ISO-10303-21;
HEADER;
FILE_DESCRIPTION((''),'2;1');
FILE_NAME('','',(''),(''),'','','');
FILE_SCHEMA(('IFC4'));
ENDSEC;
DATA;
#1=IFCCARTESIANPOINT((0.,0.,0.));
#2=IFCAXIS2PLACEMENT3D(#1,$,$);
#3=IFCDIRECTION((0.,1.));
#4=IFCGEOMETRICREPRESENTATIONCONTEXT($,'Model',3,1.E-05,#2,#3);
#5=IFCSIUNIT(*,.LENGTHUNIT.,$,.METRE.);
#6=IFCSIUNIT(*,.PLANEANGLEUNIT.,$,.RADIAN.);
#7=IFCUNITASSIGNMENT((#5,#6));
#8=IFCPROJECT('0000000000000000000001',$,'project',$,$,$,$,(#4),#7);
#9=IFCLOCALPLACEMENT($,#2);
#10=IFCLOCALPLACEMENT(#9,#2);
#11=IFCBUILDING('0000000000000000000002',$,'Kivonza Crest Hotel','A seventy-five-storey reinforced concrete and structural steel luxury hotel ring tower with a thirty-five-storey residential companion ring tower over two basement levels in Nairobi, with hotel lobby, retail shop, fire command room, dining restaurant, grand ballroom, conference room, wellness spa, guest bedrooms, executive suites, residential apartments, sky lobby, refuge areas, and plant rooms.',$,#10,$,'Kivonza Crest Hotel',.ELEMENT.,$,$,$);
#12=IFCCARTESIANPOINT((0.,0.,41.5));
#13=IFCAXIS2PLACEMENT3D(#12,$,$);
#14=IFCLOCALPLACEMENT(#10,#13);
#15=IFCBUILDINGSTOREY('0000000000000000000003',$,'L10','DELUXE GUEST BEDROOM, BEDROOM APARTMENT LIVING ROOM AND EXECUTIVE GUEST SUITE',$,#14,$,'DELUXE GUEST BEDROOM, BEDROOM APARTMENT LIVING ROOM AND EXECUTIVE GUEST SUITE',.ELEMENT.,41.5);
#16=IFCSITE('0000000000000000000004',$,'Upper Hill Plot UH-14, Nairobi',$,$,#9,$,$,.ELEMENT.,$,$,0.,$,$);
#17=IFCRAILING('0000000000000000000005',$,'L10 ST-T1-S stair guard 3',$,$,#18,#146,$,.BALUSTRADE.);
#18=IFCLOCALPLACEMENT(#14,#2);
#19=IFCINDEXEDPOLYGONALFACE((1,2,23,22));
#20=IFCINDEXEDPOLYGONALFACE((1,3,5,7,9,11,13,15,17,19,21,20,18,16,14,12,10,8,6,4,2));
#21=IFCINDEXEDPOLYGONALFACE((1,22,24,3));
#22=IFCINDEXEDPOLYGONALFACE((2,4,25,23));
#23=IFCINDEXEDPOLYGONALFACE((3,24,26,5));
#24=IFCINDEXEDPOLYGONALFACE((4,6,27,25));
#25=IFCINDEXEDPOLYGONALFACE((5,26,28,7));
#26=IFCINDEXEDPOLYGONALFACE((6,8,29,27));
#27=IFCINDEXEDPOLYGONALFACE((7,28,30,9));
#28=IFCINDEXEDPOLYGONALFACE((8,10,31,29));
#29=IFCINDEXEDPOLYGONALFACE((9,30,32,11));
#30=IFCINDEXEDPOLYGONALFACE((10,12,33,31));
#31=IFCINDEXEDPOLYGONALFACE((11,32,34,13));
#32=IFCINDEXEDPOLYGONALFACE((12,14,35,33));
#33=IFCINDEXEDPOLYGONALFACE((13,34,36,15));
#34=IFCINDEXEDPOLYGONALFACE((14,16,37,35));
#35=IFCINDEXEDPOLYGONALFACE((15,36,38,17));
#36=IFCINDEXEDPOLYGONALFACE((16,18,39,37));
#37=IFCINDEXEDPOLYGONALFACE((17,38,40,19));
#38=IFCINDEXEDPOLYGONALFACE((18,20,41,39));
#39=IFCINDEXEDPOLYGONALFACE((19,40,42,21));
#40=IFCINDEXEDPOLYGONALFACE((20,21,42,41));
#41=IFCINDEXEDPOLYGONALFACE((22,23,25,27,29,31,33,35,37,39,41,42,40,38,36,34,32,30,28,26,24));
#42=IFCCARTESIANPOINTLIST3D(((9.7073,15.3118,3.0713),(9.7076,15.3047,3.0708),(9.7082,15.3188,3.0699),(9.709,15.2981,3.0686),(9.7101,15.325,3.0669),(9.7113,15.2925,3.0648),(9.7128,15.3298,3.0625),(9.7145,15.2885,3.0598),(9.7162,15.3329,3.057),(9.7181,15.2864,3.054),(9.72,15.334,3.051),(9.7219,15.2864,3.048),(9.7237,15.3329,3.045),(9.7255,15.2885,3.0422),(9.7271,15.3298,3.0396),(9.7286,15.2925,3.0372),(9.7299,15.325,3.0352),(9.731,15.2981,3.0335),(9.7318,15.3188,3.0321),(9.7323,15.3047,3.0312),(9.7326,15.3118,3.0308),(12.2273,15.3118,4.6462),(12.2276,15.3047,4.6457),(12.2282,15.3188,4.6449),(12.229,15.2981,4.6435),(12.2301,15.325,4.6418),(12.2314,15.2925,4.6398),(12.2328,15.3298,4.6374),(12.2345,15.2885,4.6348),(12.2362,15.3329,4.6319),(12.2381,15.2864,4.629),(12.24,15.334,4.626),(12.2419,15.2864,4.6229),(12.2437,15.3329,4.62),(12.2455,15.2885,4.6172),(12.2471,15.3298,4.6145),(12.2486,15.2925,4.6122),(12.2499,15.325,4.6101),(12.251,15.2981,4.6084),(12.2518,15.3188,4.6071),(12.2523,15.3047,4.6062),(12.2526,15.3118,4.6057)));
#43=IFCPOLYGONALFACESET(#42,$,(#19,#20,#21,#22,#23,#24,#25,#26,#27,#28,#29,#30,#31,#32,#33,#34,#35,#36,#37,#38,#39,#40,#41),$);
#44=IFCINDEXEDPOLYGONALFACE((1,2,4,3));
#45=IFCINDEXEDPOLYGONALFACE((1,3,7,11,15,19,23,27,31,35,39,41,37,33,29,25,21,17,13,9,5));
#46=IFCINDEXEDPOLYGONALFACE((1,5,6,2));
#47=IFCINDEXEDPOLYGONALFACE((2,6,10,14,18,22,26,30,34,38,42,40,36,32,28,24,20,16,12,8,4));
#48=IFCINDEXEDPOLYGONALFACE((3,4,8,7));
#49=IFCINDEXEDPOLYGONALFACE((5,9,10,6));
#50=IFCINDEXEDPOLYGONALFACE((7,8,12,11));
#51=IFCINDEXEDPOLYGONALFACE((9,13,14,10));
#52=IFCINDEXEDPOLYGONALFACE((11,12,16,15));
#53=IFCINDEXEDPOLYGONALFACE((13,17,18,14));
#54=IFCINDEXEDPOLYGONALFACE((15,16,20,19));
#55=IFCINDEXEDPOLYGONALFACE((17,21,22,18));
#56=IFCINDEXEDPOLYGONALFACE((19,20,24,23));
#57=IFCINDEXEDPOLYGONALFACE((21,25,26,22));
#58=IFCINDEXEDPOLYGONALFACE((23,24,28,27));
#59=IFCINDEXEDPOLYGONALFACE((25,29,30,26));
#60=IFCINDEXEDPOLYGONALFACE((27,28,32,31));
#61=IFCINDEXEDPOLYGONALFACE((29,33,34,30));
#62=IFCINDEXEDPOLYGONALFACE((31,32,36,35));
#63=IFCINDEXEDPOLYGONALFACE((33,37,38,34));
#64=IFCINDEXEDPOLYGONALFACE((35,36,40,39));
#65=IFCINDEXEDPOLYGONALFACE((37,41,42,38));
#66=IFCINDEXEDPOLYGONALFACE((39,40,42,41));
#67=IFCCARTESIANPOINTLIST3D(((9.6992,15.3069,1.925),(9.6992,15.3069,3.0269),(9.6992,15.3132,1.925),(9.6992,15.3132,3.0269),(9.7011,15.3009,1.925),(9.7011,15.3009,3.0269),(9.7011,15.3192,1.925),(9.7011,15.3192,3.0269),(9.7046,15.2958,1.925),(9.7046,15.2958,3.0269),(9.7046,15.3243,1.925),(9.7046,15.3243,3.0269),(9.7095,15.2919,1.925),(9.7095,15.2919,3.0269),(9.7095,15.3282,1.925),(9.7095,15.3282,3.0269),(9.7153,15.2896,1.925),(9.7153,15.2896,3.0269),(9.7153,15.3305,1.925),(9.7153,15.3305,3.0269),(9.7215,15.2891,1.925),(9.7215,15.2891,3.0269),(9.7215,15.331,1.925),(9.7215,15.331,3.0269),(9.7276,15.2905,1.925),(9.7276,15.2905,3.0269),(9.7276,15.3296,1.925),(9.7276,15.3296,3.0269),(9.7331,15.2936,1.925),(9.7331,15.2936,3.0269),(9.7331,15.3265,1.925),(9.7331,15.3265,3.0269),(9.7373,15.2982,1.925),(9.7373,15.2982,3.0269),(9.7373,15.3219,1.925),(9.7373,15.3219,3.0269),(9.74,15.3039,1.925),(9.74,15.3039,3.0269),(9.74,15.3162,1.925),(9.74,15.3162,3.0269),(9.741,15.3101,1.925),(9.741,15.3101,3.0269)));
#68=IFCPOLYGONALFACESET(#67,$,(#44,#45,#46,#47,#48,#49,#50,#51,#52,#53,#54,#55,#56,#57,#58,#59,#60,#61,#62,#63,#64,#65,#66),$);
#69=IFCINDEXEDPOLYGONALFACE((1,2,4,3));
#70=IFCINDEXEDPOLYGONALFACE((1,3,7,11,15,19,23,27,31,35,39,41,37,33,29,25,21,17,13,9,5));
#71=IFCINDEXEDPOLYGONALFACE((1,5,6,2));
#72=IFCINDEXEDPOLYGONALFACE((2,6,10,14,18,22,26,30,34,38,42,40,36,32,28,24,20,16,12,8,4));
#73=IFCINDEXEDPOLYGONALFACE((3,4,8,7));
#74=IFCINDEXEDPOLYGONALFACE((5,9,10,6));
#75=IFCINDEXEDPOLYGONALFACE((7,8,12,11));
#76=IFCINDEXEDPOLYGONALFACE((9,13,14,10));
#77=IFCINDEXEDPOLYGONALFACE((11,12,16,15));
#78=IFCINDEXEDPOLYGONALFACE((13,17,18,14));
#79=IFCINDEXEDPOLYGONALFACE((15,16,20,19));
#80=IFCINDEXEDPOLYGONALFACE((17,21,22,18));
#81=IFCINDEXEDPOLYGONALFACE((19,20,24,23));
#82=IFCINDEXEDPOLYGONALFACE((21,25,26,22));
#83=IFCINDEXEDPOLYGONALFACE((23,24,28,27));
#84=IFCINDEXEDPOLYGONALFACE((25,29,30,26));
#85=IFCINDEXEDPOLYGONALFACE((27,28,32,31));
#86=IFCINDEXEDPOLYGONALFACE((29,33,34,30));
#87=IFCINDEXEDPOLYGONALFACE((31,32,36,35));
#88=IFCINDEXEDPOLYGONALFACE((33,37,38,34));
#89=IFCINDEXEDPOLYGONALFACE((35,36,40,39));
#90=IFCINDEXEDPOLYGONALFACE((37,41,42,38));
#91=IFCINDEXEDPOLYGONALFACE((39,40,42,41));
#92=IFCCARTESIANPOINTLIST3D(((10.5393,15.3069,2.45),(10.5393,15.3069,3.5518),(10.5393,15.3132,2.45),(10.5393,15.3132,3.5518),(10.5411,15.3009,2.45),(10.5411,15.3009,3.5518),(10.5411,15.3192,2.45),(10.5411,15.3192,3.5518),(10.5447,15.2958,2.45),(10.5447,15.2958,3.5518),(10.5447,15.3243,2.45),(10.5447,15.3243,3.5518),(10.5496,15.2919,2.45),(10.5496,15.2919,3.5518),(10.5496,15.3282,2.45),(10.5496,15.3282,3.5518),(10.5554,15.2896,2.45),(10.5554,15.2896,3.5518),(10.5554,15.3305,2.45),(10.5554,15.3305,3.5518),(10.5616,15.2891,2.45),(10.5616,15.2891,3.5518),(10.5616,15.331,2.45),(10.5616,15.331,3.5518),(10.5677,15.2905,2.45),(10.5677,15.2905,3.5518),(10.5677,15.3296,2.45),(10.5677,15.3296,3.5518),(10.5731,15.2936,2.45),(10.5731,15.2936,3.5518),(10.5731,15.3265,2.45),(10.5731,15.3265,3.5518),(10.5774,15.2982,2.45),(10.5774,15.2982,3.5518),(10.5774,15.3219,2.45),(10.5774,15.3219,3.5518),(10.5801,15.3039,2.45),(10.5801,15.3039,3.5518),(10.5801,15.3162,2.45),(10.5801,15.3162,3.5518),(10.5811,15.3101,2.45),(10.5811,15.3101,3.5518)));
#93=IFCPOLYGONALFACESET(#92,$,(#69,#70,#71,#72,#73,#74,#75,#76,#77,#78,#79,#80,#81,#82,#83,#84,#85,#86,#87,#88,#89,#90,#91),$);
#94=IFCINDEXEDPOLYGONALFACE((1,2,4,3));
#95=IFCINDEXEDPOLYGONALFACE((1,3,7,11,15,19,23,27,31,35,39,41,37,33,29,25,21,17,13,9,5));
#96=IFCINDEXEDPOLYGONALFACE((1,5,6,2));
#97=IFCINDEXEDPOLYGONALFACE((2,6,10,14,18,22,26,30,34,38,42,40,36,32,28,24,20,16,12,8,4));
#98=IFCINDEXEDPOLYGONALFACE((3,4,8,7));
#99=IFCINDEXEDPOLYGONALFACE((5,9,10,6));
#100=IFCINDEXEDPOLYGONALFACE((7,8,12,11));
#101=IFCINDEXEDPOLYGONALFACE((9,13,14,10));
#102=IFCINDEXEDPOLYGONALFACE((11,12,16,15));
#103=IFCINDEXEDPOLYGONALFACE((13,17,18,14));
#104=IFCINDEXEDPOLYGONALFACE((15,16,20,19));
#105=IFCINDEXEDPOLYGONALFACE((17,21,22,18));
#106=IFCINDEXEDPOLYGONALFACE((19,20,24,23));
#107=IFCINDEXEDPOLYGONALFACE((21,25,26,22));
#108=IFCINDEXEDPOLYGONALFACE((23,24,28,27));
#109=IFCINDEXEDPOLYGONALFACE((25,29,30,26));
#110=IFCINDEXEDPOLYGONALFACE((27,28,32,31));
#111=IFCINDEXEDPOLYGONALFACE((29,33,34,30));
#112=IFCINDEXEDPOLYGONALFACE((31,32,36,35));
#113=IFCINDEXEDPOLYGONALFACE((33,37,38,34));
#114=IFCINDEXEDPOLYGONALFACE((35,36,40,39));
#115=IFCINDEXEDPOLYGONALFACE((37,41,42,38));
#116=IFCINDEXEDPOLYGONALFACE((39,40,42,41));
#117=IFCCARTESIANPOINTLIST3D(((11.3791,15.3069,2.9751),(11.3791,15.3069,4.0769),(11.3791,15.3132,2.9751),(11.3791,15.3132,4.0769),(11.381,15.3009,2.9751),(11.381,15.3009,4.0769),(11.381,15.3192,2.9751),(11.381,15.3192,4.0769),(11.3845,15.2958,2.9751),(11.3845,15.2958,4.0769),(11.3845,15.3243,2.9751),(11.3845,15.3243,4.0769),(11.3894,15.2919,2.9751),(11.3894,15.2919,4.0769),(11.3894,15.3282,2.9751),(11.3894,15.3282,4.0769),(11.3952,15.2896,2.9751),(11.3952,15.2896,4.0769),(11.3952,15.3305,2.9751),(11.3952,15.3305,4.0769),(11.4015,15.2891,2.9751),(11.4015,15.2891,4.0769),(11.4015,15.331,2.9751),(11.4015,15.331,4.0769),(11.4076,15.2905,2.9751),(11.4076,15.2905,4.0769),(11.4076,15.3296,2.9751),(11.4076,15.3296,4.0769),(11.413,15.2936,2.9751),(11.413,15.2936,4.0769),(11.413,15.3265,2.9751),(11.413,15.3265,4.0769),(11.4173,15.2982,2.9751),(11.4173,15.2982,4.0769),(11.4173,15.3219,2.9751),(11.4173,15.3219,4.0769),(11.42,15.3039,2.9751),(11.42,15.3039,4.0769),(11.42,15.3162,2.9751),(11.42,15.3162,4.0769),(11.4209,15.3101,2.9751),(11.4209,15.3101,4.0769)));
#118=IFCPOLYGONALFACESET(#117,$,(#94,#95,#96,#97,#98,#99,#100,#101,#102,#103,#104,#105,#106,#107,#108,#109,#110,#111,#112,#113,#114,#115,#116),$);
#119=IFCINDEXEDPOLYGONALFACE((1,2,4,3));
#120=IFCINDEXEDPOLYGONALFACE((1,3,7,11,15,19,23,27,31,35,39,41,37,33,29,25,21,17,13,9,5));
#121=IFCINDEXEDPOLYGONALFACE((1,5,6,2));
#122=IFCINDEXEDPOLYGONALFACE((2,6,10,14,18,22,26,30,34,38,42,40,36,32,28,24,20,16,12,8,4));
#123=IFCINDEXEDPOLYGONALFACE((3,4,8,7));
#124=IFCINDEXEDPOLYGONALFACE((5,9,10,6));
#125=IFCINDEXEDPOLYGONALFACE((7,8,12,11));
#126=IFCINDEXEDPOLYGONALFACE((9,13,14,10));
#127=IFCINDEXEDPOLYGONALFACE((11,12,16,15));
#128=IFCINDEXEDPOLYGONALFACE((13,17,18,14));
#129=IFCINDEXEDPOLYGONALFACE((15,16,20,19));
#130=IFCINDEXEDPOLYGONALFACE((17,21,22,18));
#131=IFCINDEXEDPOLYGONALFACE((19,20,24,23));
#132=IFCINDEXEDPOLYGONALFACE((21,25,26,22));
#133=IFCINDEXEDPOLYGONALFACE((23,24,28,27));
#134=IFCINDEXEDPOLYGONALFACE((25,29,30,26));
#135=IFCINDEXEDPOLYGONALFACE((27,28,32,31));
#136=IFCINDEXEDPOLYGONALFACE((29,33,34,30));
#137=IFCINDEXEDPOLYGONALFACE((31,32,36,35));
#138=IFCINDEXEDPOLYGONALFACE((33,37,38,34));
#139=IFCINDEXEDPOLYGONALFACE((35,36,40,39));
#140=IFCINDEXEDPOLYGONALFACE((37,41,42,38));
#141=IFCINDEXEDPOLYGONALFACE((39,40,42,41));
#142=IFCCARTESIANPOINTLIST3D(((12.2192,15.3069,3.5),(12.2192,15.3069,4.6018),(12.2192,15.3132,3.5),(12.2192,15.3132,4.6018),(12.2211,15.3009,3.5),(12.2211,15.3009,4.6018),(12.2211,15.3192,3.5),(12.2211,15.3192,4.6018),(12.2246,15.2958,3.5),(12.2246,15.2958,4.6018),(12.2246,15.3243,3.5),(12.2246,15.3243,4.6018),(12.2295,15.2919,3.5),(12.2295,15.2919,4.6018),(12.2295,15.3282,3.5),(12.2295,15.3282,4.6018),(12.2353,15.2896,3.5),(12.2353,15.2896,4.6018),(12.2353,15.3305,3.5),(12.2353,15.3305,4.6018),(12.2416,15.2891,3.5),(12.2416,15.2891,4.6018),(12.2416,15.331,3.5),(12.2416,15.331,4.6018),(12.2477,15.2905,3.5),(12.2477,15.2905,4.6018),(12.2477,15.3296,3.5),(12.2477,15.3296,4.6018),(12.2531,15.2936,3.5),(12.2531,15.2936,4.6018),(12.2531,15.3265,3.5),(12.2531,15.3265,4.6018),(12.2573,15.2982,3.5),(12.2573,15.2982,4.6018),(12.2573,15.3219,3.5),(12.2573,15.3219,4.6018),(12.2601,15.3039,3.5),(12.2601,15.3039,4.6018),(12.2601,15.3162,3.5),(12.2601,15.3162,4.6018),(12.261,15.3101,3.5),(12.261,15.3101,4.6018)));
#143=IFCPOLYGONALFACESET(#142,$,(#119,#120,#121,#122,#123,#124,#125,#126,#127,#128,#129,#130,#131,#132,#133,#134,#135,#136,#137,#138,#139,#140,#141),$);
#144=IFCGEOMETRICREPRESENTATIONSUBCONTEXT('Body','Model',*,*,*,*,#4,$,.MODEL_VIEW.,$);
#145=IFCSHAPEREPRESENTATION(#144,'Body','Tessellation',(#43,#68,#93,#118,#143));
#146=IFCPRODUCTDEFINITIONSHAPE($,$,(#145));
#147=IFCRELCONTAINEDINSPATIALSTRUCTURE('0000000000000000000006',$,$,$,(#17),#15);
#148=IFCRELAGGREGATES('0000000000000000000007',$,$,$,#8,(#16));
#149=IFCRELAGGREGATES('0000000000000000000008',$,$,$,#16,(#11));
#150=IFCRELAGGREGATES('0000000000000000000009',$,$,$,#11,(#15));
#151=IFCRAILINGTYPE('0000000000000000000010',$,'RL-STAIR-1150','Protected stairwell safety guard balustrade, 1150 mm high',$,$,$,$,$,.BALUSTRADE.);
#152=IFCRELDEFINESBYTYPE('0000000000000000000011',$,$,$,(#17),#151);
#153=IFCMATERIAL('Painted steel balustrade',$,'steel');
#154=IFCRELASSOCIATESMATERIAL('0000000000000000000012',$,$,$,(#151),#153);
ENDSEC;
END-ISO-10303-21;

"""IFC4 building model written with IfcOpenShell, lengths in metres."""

from ifc_helpers import new_model, si_unit, direction, frame, origin, origin_2d, place, context, subcontext, project, spatial, circle, extrude, material, type_object, element, save


model = new_model("IFC4")

# Units and contexts
model_context = context("Model", 3, precision=1e-05, world=origin(), true_north=direction((0.0, 1.0)))
body_context = subcontext(model_context, "Body", "Model", "MODEL_VIEW")
ifc_project = project(units=[si_unit("LENGTHUNIT", "METRE"), si_unit("PLANEANGLEUNIT", "RADIAN")], contexts=[model_context])

# Site, building, storey
site_placement = place(None, origin())
site = spatial("IfcSite", under=ifc_project, at=site_placement, Name="Upper Hill Plot UH-14, Nairobi", CompositionType="ELEMENT", RefElevation=0.0)
building_placement = place(site_placement, origin())
building = spatial("IfcBuilding", under=site, at=building_placement, Name="Kivonza Crest Hotel", Description="A seventy-five-storey reinforced concrete and structural steel luxury hotel ring tower with a thirty-five-storey residential companion ring tower over two basement levels in Nairobi, with hotel lobby, retail shop, fire command room, dining restaurant, grand ballroom, conference room, wellness spa, guest bedrooms, executive suites, residential apartments, sky lobby, refuge areas, and plant rooms.", LongName="Kivonza Crest Hotel", CompositionType="ELEMENT")
storey_placement = place(building_placement, frame((0.0, 0.0, 41.5)))
storey = spatial("IfcBuildingStorey", under=building, at=storey_placement, Name="L10", Description="DELUXE GUEST BEDROOM, BEDROOM APARTMENT LIVING ROOM AND EXECUTIVE GUEST SUITE", LongName="DELUXE GUEST BEDROOM, BEDROOM APARTMENT LIVING ROOM AND EXECUTIVE GUEST SUITE", CompositionType="ELEMENT", Elevation=41.5)

# Railing
ifc_material_1 = material(Name="Painted steel balustrade", Category="steel")
railing_type_1 = type_object("IfcRailingType", Name="RL-STAIR-1150", Description="Protected stairwell safety guard balustrade, 1150 mm high", PredefinedType="BALUSTRADE", material=ifc_material_1)
railing_1_placement = place(storey_placement, frame((9.72, 15.3101, 1.925)))
element("IfcRailing", 1, at=railing_1_placement, inside=storey, type_object=railing_type_1, Name="L10 ST-T1-S stair guard 3", PredefinedType="BALUSTRADE", context=body_context, shape_type="SweptSolid", body=[
    extrude(circle(Radius=0.0239, at=origin_2d()), frame((0.0, 0.0, 1.126), z_axis=(0.848008, 0.0, 0.529984), x_axis=(0.0, 1.0, 0.0)), (0.0, 0.0, 1.0), 2.9717),
    extrude(circle(Radius=0.021, at=origin_2d()), origin(), (0.0, 0.0, 1.0), 1.1018),
    extrude(circle(Radius=0.021, at=origin_2d()), frame((0.8401, 0.0, 0.5249)), (0.0, 0.0, 1.0), 1.1018),
    extrude(circle(Radius=0.021, at=origin_2d()), frame((1.6799, 0.0, 1.05)), (0.0, 0.0, 1.0), 1.1018),
    extrude(circle(Radius=0.021, at=origin_2d()), frame((2.52, 0.0, 1.575)), (0.0, 0.0, 1.0), 1.1018),
])

save(model, "model.ifc")
